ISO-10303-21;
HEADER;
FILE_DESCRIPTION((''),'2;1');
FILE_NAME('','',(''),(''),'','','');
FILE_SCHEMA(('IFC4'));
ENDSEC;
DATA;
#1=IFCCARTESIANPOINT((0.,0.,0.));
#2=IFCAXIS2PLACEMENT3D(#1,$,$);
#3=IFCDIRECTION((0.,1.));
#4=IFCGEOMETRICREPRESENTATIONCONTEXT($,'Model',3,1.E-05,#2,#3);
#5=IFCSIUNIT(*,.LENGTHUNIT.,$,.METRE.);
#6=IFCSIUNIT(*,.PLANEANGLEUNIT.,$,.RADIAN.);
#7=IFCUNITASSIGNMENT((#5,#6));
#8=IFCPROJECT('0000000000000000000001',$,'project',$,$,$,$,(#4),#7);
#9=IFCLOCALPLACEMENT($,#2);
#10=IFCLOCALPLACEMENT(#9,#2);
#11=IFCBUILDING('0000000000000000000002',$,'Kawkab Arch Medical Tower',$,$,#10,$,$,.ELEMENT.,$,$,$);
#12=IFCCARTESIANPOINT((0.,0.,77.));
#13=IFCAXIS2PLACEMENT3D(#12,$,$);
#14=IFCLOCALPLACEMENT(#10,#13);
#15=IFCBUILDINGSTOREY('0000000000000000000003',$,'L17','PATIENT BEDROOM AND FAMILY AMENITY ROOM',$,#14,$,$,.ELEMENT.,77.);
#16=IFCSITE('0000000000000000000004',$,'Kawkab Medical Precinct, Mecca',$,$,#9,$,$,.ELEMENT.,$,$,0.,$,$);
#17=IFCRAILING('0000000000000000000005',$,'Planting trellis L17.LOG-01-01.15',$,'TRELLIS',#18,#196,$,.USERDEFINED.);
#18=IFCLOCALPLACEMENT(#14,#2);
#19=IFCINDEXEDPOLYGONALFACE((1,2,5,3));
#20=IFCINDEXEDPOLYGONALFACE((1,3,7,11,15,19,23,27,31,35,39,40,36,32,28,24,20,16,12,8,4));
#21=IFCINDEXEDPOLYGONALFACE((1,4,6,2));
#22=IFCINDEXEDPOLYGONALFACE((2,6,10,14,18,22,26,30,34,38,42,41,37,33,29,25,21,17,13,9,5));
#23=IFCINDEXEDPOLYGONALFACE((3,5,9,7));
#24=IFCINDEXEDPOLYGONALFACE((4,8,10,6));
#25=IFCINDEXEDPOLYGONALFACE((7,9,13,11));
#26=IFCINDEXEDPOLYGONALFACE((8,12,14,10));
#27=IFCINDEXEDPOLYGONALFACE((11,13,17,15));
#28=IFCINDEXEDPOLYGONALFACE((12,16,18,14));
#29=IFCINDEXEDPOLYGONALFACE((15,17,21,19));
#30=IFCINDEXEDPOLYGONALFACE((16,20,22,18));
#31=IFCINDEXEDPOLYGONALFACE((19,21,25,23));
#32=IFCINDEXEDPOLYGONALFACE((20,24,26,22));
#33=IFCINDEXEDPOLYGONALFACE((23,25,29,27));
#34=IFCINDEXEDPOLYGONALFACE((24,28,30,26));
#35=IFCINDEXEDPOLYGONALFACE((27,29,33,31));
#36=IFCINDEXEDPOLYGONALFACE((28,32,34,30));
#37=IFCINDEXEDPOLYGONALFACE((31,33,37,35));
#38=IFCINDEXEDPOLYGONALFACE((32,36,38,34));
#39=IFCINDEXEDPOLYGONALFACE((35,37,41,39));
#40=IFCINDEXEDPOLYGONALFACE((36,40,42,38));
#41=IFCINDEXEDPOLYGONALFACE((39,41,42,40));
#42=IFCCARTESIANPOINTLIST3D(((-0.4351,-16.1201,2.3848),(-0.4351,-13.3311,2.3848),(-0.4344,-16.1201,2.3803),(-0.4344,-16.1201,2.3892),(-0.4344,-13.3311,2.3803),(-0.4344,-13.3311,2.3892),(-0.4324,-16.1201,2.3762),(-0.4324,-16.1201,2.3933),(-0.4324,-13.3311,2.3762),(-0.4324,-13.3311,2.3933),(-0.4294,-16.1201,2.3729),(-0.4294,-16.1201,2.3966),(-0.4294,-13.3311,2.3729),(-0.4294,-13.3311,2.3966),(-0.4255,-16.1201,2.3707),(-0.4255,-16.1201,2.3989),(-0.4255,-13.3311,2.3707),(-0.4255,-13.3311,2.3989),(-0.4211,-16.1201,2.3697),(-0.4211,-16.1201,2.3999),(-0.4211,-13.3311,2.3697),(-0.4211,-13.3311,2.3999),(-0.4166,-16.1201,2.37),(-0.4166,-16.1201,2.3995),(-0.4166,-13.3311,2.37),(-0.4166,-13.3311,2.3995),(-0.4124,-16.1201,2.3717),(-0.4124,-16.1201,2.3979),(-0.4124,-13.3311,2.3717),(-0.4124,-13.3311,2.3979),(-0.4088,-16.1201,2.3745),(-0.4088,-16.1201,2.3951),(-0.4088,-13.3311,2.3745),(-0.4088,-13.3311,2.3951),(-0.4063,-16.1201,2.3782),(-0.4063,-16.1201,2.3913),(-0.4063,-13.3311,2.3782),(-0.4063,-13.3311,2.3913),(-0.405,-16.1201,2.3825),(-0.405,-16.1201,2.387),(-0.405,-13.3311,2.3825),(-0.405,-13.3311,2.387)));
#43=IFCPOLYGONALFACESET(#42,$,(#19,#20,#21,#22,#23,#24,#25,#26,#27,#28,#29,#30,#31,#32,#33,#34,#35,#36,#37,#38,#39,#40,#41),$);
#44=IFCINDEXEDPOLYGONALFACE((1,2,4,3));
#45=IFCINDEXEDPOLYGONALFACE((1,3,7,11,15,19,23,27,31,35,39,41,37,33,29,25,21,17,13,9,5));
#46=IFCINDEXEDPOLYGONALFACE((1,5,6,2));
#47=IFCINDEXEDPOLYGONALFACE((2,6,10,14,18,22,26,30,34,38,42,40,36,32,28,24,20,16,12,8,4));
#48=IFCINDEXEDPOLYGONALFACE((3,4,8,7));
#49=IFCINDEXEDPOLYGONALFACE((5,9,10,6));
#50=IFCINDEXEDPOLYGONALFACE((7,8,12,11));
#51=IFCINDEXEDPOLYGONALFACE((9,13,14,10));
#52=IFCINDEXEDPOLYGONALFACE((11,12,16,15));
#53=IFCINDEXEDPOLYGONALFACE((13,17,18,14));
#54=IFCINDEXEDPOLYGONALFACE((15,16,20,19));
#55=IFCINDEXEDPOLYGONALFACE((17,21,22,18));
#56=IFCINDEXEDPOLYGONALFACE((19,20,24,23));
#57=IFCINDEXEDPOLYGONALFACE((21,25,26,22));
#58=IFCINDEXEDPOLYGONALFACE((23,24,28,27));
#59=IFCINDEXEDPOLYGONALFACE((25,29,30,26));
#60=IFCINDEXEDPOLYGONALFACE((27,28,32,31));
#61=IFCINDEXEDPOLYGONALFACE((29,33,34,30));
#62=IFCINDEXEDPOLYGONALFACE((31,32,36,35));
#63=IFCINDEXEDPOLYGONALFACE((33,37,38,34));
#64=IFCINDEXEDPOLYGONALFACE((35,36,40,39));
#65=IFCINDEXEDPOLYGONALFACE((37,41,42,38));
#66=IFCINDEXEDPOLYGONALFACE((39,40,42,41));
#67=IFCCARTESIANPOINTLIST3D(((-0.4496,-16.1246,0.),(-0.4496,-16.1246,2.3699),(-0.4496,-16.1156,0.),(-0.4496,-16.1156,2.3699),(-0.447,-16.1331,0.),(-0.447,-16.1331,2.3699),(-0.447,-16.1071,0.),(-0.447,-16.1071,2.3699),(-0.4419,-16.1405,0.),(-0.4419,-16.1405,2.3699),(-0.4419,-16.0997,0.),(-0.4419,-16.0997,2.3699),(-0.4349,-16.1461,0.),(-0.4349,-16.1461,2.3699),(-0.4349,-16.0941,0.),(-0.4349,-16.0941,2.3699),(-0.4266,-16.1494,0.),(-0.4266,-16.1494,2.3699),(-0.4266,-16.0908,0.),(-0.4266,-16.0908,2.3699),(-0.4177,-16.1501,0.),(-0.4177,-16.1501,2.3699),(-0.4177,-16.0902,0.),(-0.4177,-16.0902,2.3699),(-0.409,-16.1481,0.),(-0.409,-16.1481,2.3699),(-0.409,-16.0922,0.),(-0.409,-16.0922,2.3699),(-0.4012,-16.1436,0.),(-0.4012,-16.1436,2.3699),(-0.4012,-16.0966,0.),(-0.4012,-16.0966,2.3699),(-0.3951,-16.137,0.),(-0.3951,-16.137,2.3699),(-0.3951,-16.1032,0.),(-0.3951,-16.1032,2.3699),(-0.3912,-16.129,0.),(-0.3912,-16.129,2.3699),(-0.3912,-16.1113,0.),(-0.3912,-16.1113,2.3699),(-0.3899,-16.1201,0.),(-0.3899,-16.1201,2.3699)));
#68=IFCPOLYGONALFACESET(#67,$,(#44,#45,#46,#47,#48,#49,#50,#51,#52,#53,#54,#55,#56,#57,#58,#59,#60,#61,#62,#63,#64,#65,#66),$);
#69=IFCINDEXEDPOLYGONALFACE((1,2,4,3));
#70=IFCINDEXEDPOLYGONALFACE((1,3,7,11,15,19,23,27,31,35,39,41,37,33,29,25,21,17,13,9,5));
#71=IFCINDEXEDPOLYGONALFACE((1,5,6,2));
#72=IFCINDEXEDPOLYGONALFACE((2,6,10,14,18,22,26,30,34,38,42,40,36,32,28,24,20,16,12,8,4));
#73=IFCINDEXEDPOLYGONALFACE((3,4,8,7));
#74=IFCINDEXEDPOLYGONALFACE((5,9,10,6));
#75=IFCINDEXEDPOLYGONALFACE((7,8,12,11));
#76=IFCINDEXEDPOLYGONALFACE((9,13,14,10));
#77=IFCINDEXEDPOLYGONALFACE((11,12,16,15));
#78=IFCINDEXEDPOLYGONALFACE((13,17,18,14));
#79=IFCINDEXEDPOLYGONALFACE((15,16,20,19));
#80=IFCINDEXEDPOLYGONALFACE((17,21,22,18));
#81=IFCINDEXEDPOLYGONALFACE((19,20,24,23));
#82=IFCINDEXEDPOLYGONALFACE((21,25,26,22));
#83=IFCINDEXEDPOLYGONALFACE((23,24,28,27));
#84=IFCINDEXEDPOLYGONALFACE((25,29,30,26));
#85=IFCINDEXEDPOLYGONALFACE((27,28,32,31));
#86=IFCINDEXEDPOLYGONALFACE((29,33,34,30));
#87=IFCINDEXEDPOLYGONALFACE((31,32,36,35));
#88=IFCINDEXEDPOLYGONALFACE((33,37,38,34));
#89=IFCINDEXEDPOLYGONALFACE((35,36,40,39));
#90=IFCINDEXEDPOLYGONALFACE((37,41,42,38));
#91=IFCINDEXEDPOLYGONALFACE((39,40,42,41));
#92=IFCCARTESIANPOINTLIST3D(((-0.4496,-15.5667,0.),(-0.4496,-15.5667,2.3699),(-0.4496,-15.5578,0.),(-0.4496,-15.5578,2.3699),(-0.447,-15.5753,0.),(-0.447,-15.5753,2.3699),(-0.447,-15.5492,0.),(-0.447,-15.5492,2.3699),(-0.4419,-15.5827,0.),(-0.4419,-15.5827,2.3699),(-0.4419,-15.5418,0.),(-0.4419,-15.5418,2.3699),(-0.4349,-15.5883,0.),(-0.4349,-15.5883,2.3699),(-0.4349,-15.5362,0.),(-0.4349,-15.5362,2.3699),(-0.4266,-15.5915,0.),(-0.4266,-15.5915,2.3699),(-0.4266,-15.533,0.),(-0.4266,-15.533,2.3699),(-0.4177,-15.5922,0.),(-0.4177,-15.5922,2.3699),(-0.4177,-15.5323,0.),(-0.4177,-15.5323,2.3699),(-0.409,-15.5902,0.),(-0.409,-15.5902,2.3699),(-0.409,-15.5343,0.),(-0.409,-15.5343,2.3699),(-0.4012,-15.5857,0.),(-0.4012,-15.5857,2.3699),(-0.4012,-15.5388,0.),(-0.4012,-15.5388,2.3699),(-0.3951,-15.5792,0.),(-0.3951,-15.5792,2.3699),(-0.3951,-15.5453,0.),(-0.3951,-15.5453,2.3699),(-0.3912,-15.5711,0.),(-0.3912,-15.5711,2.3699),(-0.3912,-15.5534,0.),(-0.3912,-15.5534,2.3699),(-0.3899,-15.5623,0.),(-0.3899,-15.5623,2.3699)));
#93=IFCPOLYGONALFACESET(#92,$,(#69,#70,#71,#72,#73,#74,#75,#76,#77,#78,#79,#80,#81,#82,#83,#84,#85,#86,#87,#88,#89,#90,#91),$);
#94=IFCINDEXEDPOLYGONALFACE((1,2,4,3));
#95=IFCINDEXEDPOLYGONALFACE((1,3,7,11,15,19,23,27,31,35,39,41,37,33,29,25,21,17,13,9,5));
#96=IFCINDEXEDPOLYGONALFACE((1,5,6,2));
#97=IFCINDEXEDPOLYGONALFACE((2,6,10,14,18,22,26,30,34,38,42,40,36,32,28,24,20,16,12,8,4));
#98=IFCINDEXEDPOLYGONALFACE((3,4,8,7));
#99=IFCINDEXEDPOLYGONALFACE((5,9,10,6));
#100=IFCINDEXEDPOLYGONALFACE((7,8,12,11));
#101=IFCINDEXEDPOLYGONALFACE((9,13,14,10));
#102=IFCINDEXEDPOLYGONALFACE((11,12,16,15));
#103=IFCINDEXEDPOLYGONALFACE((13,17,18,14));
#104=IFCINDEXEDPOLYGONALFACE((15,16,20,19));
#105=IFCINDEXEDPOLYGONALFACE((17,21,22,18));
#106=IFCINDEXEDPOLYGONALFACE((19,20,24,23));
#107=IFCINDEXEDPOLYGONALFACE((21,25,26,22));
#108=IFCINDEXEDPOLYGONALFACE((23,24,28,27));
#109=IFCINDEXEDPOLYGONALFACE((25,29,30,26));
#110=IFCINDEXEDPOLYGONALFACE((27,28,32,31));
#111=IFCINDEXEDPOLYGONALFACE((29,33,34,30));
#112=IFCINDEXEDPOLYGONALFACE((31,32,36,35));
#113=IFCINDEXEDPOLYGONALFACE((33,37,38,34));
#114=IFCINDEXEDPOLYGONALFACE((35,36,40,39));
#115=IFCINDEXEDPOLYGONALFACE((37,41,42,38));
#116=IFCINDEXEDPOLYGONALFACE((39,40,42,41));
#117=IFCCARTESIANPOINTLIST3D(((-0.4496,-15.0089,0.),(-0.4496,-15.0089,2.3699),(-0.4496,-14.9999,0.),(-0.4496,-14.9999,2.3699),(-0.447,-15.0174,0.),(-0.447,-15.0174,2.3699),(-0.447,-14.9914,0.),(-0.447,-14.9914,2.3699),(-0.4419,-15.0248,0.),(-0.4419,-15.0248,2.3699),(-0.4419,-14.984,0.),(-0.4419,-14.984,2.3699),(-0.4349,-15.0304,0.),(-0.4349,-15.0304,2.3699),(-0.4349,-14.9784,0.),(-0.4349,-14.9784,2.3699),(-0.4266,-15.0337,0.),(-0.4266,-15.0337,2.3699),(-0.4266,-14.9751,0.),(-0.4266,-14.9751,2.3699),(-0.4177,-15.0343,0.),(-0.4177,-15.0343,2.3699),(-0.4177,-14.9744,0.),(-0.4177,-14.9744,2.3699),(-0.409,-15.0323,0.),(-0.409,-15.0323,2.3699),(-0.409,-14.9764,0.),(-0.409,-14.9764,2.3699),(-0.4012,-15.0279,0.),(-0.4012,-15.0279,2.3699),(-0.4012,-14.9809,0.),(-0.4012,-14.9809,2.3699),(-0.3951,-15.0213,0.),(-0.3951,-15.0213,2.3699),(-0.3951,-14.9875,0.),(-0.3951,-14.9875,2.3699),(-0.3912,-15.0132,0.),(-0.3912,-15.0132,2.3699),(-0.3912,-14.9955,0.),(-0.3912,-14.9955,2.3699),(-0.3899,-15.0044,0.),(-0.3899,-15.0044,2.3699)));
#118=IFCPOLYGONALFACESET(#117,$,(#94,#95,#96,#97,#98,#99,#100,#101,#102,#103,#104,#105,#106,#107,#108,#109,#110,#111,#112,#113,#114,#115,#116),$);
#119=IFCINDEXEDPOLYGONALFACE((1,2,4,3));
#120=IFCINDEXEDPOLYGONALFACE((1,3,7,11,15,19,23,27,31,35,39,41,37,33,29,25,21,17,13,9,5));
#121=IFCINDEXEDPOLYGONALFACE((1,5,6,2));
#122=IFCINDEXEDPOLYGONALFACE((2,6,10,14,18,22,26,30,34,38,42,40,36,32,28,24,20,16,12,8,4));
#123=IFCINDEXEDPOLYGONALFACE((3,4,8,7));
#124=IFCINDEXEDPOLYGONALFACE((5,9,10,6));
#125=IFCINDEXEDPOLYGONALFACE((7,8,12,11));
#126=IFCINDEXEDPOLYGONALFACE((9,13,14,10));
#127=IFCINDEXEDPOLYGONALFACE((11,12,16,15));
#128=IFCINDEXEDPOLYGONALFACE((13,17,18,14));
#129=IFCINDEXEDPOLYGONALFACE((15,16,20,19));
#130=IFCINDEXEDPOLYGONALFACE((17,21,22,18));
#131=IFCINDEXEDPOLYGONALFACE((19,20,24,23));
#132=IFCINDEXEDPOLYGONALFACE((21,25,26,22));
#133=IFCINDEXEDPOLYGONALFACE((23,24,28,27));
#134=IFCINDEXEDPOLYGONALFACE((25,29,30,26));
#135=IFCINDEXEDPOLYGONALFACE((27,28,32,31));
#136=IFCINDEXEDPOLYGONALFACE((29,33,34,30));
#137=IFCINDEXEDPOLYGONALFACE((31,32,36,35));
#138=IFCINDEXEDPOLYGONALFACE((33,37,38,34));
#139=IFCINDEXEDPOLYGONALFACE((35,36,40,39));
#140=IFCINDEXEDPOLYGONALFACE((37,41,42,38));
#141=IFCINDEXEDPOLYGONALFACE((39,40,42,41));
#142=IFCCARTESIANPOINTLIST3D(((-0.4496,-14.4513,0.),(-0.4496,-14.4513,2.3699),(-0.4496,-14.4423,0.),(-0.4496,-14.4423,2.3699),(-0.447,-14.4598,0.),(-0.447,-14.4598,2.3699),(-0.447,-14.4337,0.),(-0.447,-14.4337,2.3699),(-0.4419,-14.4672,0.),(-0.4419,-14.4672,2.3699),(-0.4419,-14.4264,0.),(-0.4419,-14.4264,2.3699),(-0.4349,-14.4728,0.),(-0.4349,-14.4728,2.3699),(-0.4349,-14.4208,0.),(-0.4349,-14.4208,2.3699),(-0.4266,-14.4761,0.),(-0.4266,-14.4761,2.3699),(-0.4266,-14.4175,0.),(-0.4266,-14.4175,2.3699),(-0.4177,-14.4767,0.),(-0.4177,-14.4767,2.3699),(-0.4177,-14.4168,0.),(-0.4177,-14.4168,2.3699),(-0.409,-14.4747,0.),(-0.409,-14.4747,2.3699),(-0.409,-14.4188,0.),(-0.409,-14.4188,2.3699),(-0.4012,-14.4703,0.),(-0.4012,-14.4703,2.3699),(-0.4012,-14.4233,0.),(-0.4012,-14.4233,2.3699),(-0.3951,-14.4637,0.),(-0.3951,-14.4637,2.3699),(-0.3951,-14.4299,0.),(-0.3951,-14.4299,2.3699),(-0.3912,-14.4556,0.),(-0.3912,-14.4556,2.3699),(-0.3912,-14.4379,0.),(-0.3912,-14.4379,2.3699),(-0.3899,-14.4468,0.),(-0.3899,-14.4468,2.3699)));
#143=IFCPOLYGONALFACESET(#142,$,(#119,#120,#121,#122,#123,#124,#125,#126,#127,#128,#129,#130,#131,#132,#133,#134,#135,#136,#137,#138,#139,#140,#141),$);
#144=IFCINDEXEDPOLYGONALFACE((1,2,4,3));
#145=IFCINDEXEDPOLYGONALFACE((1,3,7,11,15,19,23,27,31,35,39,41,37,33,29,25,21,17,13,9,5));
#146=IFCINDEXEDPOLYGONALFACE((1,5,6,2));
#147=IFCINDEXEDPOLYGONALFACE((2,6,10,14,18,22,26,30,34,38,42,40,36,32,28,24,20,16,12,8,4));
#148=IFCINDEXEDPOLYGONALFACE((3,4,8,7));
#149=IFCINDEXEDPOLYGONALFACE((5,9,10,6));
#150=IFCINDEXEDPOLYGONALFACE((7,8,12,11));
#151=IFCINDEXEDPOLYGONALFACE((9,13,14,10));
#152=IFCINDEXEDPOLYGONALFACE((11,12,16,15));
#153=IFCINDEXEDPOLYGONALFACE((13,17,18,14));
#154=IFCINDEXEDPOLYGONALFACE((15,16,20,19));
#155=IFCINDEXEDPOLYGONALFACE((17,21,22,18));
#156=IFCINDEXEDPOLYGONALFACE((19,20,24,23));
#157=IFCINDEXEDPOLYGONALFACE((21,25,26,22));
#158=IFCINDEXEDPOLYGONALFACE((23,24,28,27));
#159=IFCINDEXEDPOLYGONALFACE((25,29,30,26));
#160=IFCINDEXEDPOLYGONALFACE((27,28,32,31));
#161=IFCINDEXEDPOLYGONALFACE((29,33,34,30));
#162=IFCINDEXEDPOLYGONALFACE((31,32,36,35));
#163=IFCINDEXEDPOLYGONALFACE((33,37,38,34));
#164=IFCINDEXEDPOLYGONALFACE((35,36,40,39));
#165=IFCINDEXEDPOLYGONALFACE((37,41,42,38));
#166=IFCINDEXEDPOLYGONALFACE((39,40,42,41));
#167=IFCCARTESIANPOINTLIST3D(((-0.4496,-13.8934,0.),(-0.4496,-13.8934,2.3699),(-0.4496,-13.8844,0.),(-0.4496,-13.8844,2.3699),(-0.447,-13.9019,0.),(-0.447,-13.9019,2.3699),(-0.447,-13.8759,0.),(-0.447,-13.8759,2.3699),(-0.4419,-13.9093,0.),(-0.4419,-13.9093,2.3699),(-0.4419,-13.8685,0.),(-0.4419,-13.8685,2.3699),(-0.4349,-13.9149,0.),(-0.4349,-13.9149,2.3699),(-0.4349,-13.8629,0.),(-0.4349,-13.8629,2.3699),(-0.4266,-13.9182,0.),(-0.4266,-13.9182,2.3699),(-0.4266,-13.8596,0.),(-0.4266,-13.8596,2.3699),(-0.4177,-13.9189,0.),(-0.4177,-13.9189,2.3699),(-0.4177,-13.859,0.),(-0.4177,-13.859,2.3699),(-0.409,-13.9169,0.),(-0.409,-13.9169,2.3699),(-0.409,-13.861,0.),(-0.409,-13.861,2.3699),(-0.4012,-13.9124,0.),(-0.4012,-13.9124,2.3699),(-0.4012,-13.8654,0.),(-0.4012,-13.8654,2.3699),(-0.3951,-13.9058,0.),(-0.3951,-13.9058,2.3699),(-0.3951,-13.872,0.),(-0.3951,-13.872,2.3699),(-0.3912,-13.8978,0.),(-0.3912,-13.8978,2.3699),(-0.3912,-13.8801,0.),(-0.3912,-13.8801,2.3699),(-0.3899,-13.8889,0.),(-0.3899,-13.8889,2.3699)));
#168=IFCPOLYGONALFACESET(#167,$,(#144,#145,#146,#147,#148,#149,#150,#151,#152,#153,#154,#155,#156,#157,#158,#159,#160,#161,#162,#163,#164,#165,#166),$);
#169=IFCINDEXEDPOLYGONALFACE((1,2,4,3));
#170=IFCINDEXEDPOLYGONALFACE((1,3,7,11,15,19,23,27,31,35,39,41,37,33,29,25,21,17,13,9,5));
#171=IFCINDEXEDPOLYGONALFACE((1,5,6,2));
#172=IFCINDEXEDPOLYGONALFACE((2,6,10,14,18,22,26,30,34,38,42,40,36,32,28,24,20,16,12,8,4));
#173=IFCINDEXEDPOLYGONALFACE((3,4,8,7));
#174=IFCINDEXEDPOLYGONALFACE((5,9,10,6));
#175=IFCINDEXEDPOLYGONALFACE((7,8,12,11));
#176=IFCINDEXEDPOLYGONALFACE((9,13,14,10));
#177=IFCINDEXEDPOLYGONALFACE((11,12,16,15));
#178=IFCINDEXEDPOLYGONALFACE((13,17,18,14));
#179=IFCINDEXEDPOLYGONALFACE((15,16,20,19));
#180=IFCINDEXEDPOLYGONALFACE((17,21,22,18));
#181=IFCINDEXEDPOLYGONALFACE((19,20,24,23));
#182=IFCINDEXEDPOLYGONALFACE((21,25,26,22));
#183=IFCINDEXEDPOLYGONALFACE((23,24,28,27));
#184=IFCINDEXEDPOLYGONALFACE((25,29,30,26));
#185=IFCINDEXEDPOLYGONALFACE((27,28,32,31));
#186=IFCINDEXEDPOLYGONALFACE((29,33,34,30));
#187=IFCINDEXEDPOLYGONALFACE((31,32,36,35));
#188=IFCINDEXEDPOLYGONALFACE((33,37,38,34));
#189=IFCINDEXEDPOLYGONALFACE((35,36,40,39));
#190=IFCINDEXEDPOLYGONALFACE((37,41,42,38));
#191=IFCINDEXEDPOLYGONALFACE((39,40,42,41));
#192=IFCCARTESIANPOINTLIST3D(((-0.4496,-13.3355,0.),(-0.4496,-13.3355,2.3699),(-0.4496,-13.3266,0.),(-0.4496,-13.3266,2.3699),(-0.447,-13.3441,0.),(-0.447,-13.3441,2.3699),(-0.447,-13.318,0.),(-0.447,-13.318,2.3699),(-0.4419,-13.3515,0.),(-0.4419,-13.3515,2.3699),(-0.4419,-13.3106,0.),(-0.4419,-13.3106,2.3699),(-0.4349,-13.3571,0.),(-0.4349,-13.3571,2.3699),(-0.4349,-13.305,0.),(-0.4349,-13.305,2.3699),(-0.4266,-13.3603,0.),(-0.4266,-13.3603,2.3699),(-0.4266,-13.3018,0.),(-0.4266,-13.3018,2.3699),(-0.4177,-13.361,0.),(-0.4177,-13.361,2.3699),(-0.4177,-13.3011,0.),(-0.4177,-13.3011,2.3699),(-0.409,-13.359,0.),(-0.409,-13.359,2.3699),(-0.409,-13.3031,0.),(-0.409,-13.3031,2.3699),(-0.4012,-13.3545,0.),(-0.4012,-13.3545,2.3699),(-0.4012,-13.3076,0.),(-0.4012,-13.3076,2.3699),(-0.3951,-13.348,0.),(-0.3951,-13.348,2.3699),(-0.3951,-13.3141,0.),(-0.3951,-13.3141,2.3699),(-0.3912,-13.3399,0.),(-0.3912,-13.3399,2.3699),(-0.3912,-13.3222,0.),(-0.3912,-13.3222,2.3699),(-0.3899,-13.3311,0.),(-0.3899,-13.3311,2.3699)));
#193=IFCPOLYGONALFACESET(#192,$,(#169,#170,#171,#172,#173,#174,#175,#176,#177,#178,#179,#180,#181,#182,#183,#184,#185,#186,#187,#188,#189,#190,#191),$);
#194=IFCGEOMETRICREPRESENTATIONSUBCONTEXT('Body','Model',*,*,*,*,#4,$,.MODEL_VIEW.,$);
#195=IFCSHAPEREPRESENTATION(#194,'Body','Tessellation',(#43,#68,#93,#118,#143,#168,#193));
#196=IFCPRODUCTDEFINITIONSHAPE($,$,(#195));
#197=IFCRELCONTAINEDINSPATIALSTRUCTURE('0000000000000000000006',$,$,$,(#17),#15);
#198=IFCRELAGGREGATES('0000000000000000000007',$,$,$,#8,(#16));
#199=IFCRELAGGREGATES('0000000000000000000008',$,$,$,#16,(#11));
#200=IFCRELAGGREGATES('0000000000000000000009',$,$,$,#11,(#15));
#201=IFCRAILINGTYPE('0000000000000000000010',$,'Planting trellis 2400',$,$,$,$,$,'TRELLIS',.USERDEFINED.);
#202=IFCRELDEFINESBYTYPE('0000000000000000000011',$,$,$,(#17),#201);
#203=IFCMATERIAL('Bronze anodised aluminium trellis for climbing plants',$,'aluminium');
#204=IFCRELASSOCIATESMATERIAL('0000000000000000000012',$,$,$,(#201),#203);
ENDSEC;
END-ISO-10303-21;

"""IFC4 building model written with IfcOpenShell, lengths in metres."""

from ifc_helpers import new_model, si_unit, direction, frame, origin, origin_2d, place, context, subcontext, project, spatial, circle, extrude, material, type_object, element, save


model = new_model("IFC4")

# Units and contexts
model_context = context("Model", 3, precision=1e-05, world=origin(), true_north=direction((0.0, 1.0)))
body_context = subcontext(model_context, "Body", "Model", "MODEL_VIEW")
ifc_project = project(units=[si_unit("LENGTHUNIT", "METRE"), si_unit("PLANEANGLEUNIT", "RADIAN")], contexts=[model_context])

# Site, building, storey
site_placement = place(None, origin())
site = spatial("IfcSite", under=ifc_project, at=site_placement, Name="Kawkab Medical Precinct, Mecca", CompositionType="ELEMENT", RefElevation=0.0)
building_placement = place(site_placement, origin())
building = spatial("IfcBuilding", under=site, at=building_placement, Name="Kawkab Arch Medical Tower", CompositionType="ELEMENT")
storey_placement = place(building_placement, frame((0.0, 0.0, 77.0)))
storey = spatial("IfcBuildingStorey", under=building, at=storey_placement, Name="L17", Description="PATIENT BEDROOM AND FAMILY AMENITY ROOM", CompositionType="ELEMENT", Elevation=77.0)

# Railing
ifc_material_1 = material(Name="Bronze anodised aluminium trellis for climbing plants", Category="aluminium")
railing_type_1 = type_object("IfcRailingType", Name="Planting trellis 2400", ElementType="TRELLIS", PredefinedType="USERDEFINED", material=ifc_material_1)
railing_1_placement = place(storey_placement, frame((-0.4199, -16.1201, 0.0)))
element("IfcRailing", 1, at=railing_1_placement, inside=storey, type_object=railing_type_1, Name="Planting trellis L17.LOG-01-01.15", ObjectType="TRELLIS", PredefinedType="USERDEFINED", context=body_context, shape_type="SweptSolid", body=[
    extrude(circle(Radius=0.0151, at=origin_2d()), frame((0.0, 0.0, 2.3848), z_axis=(0.0, 1.0, 0.0), x_axis=(-1.0, 0.0, 0.0)), (0.0, 0.0, 1.0), 2.7891),
    extrude(circle(Radius=0.03, at=origin_2d()), origin(), (0.0, 0.0, 1.0), 2.3699),
    extrude(circle(Radius=0.03, at=origin_2d()), frame((0.0, 0.5579, 0.0)), (0.0, 0.0, 1.0), 2.3699),
    extrude(circle(Radius=0.03, at=origin_2d()), frame((0.0, 1.1157, 0.0)), (0.0, 0.0, 1.0), 2.3699),
    extrude(circle(Radius=0.03, at=origin_2d()), frame((0.0, 1.6733, 0.0)), (0.0, 0.0, 1.0), 2.3699),
    extrude(circle(Radius=0.03, at=origin_2d()), frame((0.0, 2.2312, 0.0)), (0.0, 0.0, 1.0), 2.3699),
    extrude(circle(Radius=0.03, at=origin_2d()), frame((0.0, 2.7891, 0.0)), (0.0, 0.0, 1.0), 2.3699),
])

save(model, "model.ifc")
